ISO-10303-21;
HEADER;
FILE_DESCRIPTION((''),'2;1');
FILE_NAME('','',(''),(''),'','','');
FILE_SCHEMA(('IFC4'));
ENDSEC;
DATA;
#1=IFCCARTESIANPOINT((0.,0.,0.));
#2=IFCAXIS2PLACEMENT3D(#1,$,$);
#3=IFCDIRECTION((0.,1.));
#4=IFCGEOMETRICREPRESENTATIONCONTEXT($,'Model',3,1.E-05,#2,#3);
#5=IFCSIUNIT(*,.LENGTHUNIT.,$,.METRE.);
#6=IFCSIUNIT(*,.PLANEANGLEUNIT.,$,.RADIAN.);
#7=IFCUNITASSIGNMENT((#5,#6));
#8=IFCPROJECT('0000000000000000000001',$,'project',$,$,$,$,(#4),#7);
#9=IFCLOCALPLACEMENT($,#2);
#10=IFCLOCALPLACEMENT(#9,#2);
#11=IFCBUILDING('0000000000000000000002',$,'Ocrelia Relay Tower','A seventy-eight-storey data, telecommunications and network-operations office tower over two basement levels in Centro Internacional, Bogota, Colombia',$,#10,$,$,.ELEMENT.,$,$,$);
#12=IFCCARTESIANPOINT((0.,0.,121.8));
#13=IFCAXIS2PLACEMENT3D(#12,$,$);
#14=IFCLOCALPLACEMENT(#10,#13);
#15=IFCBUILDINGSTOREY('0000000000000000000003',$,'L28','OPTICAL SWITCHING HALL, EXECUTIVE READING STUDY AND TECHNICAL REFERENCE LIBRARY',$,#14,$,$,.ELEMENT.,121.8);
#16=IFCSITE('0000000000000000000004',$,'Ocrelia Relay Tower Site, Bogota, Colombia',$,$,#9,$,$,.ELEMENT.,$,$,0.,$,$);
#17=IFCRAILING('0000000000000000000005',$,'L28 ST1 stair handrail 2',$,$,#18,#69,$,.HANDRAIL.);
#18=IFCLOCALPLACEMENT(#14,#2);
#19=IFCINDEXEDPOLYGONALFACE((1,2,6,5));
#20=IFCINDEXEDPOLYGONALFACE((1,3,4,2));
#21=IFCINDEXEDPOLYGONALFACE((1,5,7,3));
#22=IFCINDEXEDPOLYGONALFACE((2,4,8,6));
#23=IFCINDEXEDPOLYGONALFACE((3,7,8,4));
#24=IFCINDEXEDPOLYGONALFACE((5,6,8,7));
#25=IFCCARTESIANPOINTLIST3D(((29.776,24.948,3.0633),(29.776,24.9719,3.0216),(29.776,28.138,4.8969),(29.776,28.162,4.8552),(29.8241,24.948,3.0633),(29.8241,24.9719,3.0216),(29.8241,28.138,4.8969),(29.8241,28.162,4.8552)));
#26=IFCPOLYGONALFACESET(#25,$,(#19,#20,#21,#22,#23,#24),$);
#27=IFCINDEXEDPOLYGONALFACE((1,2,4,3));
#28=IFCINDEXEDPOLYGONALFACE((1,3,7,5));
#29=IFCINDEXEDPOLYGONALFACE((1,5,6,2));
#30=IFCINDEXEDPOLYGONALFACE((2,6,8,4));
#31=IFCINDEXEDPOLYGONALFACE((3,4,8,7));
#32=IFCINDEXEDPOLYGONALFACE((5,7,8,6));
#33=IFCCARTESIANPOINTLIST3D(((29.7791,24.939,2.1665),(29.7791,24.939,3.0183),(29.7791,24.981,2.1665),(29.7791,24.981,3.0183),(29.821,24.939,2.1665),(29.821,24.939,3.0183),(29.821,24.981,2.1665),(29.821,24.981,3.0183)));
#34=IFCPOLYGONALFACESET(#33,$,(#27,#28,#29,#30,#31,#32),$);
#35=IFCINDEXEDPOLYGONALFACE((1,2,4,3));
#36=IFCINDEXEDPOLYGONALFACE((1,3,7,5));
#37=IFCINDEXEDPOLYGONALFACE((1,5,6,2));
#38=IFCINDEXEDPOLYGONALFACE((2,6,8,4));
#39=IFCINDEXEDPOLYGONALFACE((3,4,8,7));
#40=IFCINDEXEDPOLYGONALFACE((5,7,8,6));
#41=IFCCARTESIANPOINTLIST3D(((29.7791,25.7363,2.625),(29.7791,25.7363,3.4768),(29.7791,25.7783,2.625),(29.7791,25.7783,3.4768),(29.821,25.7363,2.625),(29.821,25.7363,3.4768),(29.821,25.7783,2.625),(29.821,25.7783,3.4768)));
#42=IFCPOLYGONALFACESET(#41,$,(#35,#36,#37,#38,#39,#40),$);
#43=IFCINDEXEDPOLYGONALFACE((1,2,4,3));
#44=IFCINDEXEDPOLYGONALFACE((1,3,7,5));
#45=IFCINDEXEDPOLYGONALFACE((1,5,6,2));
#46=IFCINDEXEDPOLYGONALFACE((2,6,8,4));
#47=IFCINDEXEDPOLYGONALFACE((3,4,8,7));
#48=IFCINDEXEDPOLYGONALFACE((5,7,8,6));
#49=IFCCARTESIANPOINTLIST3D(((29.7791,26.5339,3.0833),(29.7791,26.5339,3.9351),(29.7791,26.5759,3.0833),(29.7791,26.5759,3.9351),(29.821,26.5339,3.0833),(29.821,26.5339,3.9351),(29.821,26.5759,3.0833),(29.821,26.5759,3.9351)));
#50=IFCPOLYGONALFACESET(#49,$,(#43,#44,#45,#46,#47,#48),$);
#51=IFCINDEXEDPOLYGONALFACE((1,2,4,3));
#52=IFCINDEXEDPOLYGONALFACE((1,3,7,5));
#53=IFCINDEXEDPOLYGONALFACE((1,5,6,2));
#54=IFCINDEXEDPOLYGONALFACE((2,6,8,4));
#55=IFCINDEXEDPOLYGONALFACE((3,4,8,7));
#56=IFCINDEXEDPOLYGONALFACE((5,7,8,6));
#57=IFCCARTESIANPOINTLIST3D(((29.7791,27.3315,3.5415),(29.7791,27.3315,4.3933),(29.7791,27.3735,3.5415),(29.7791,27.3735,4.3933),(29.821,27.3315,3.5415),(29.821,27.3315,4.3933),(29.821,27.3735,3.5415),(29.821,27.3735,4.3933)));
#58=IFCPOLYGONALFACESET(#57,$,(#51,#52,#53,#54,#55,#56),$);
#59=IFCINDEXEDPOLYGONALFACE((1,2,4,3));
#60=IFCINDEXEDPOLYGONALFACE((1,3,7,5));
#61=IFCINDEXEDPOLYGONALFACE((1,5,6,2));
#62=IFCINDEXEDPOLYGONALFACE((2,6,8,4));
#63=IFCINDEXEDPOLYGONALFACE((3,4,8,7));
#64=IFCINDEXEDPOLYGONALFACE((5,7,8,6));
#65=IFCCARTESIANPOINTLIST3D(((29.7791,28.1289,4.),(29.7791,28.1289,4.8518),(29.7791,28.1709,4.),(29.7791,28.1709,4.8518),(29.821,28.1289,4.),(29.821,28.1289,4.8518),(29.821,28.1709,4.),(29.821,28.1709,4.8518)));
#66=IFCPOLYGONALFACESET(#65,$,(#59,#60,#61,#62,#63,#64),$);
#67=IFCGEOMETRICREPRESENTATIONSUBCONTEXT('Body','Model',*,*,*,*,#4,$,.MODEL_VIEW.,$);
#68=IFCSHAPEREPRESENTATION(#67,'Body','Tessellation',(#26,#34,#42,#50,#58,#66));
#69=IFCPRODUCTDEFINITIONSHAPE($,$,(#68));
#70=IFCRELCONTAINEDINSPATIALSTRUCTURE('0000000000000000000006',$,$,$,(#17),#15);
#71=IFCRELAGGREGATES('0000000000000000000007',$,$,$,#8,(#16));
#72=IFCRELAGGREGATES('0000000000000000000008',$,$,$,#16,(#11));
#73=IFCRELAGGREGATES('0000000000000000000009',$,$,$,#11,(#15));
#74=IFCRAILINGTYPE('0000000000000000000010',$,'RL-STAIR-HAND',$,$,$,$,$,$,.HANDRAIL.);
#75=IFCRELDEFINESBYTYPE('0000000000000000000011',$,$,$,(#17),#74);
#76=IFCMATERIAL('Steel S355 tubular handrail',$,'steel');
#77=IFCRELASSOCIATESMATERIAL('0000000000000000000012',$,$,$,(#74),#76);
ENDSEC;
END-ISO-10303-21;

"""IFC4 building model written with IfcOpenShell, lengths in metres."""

from ifc_helpers import new_model, si_unit, direction, frame, origin, origin_2d, place, context, subcontext, project, spatial, rectangle, extrude, material, type_object, element, save


model = new_model("IFC4")

# Units and contexts
model_context = context("Model", 3, precision=1e-05, world=origin(), true_north=direction((0.0, 1.0)))
body_context = subcontext(model_context, "Body", "Model", "MODEL_VIEW")
ifc_project = project(units=[si_unit("LENGTHUNIT", "METRE"), si_unit("PLANEANGLEUNIT", "RADIAN")], contexts=[model_context])

# Site, building, storey
site_placement = place(None, origin())
site = spatial("IfcSite", under=ifc_project, at=site_placement, Name="Ocrelia Relay Tower Site, Bogota, Colombia", CompositionType="ELEMENT", RefElevation=0.0)
building_placement = place(site_placement, origin())
building = spatial("IfcBuilding", under=site, at=building_placement, Name="Ocrelia Relay Tower", Description="A seventy-eight-storey data, telecommunications and network-operations office tower over two basement levels in Centro Internacional, Bogota, Colombia", CompositionType="ELEMENT")
storey_placement = place(building_placement, frame((0.0, 0.0, 121.8)))
storey = spatial("IfcBuildingStorey", under=building, at=storey_placement, Name="L28", Description="OPTICAL SWITCHING HALL, EXECUTIVE READING STUDY AND TECHNICAL REFERENCE LIBRARY", CompositionType="ELEMENT", Elevation=121.8)

# Railing
ifc_material_1 = material(Name="Steel S355 tubular handrail", Category="steel")
railing_type_1 = type_object("IfcRailingType", Name="RL-STAIR-HAND", PredefinedType="HANDRAIL", material=ifc_material_1)
railing_1_placement = place(storey_placement, frame((29.8, 24.96, 2.1665)))
element("IfcRailing", 1, at=railing_1_placement, inside=storey, type_object=railing_type_1, Name="L28 ST1 stair handrail 2", PredefinedType="HANDRAIL", context=body_context, shape_type="SweptSolid", body=[
    extrude(rectangle(XDim=0.0481, YDim=0.0481, at=origin_2d()), frame((0.0, 0.0, 0.876), z_axis=(0.0, 0.866991, 0.498324), x_axis=(-1.0, 0.0, 0.0)), (0.0, 0.0, 1.0), 3.6794),
    extrude(rectangle(XDim=0.042, YDim=0.042, at=origin_2d()), origin(), (0.0, 0.0, 1.0), 0.8518),
    extrude(rectangle(XDim=0.042, YDim=0.042, at=origin_2d()), frame((0.0, 0.7974, 0.4585)), (0.0, 0.0, 1.0), 0.8518),
    extrude(rectangle(XDim=0.042, YDim=0.042, at=origin_2d()), frame((0.0, 1.595, 0.9167)), (0.0, 0.0, 1.0), 0.8518),
    extrude(rectangle(XDim=0.042, YDim=0.042, at=origin_2d()), frame((0.0, 2.3926, 1.375)), (0.0, 0.0, 1.0), 0.8518),
    extrude(rectangle(XDim=0.042, YDim=0.042, at=origin_2d()), frame((0.0, 3.1899, 1.8335)), (0.0, 0.0, 1.0), 0.8518),
])

save(model, "model.ifc")
